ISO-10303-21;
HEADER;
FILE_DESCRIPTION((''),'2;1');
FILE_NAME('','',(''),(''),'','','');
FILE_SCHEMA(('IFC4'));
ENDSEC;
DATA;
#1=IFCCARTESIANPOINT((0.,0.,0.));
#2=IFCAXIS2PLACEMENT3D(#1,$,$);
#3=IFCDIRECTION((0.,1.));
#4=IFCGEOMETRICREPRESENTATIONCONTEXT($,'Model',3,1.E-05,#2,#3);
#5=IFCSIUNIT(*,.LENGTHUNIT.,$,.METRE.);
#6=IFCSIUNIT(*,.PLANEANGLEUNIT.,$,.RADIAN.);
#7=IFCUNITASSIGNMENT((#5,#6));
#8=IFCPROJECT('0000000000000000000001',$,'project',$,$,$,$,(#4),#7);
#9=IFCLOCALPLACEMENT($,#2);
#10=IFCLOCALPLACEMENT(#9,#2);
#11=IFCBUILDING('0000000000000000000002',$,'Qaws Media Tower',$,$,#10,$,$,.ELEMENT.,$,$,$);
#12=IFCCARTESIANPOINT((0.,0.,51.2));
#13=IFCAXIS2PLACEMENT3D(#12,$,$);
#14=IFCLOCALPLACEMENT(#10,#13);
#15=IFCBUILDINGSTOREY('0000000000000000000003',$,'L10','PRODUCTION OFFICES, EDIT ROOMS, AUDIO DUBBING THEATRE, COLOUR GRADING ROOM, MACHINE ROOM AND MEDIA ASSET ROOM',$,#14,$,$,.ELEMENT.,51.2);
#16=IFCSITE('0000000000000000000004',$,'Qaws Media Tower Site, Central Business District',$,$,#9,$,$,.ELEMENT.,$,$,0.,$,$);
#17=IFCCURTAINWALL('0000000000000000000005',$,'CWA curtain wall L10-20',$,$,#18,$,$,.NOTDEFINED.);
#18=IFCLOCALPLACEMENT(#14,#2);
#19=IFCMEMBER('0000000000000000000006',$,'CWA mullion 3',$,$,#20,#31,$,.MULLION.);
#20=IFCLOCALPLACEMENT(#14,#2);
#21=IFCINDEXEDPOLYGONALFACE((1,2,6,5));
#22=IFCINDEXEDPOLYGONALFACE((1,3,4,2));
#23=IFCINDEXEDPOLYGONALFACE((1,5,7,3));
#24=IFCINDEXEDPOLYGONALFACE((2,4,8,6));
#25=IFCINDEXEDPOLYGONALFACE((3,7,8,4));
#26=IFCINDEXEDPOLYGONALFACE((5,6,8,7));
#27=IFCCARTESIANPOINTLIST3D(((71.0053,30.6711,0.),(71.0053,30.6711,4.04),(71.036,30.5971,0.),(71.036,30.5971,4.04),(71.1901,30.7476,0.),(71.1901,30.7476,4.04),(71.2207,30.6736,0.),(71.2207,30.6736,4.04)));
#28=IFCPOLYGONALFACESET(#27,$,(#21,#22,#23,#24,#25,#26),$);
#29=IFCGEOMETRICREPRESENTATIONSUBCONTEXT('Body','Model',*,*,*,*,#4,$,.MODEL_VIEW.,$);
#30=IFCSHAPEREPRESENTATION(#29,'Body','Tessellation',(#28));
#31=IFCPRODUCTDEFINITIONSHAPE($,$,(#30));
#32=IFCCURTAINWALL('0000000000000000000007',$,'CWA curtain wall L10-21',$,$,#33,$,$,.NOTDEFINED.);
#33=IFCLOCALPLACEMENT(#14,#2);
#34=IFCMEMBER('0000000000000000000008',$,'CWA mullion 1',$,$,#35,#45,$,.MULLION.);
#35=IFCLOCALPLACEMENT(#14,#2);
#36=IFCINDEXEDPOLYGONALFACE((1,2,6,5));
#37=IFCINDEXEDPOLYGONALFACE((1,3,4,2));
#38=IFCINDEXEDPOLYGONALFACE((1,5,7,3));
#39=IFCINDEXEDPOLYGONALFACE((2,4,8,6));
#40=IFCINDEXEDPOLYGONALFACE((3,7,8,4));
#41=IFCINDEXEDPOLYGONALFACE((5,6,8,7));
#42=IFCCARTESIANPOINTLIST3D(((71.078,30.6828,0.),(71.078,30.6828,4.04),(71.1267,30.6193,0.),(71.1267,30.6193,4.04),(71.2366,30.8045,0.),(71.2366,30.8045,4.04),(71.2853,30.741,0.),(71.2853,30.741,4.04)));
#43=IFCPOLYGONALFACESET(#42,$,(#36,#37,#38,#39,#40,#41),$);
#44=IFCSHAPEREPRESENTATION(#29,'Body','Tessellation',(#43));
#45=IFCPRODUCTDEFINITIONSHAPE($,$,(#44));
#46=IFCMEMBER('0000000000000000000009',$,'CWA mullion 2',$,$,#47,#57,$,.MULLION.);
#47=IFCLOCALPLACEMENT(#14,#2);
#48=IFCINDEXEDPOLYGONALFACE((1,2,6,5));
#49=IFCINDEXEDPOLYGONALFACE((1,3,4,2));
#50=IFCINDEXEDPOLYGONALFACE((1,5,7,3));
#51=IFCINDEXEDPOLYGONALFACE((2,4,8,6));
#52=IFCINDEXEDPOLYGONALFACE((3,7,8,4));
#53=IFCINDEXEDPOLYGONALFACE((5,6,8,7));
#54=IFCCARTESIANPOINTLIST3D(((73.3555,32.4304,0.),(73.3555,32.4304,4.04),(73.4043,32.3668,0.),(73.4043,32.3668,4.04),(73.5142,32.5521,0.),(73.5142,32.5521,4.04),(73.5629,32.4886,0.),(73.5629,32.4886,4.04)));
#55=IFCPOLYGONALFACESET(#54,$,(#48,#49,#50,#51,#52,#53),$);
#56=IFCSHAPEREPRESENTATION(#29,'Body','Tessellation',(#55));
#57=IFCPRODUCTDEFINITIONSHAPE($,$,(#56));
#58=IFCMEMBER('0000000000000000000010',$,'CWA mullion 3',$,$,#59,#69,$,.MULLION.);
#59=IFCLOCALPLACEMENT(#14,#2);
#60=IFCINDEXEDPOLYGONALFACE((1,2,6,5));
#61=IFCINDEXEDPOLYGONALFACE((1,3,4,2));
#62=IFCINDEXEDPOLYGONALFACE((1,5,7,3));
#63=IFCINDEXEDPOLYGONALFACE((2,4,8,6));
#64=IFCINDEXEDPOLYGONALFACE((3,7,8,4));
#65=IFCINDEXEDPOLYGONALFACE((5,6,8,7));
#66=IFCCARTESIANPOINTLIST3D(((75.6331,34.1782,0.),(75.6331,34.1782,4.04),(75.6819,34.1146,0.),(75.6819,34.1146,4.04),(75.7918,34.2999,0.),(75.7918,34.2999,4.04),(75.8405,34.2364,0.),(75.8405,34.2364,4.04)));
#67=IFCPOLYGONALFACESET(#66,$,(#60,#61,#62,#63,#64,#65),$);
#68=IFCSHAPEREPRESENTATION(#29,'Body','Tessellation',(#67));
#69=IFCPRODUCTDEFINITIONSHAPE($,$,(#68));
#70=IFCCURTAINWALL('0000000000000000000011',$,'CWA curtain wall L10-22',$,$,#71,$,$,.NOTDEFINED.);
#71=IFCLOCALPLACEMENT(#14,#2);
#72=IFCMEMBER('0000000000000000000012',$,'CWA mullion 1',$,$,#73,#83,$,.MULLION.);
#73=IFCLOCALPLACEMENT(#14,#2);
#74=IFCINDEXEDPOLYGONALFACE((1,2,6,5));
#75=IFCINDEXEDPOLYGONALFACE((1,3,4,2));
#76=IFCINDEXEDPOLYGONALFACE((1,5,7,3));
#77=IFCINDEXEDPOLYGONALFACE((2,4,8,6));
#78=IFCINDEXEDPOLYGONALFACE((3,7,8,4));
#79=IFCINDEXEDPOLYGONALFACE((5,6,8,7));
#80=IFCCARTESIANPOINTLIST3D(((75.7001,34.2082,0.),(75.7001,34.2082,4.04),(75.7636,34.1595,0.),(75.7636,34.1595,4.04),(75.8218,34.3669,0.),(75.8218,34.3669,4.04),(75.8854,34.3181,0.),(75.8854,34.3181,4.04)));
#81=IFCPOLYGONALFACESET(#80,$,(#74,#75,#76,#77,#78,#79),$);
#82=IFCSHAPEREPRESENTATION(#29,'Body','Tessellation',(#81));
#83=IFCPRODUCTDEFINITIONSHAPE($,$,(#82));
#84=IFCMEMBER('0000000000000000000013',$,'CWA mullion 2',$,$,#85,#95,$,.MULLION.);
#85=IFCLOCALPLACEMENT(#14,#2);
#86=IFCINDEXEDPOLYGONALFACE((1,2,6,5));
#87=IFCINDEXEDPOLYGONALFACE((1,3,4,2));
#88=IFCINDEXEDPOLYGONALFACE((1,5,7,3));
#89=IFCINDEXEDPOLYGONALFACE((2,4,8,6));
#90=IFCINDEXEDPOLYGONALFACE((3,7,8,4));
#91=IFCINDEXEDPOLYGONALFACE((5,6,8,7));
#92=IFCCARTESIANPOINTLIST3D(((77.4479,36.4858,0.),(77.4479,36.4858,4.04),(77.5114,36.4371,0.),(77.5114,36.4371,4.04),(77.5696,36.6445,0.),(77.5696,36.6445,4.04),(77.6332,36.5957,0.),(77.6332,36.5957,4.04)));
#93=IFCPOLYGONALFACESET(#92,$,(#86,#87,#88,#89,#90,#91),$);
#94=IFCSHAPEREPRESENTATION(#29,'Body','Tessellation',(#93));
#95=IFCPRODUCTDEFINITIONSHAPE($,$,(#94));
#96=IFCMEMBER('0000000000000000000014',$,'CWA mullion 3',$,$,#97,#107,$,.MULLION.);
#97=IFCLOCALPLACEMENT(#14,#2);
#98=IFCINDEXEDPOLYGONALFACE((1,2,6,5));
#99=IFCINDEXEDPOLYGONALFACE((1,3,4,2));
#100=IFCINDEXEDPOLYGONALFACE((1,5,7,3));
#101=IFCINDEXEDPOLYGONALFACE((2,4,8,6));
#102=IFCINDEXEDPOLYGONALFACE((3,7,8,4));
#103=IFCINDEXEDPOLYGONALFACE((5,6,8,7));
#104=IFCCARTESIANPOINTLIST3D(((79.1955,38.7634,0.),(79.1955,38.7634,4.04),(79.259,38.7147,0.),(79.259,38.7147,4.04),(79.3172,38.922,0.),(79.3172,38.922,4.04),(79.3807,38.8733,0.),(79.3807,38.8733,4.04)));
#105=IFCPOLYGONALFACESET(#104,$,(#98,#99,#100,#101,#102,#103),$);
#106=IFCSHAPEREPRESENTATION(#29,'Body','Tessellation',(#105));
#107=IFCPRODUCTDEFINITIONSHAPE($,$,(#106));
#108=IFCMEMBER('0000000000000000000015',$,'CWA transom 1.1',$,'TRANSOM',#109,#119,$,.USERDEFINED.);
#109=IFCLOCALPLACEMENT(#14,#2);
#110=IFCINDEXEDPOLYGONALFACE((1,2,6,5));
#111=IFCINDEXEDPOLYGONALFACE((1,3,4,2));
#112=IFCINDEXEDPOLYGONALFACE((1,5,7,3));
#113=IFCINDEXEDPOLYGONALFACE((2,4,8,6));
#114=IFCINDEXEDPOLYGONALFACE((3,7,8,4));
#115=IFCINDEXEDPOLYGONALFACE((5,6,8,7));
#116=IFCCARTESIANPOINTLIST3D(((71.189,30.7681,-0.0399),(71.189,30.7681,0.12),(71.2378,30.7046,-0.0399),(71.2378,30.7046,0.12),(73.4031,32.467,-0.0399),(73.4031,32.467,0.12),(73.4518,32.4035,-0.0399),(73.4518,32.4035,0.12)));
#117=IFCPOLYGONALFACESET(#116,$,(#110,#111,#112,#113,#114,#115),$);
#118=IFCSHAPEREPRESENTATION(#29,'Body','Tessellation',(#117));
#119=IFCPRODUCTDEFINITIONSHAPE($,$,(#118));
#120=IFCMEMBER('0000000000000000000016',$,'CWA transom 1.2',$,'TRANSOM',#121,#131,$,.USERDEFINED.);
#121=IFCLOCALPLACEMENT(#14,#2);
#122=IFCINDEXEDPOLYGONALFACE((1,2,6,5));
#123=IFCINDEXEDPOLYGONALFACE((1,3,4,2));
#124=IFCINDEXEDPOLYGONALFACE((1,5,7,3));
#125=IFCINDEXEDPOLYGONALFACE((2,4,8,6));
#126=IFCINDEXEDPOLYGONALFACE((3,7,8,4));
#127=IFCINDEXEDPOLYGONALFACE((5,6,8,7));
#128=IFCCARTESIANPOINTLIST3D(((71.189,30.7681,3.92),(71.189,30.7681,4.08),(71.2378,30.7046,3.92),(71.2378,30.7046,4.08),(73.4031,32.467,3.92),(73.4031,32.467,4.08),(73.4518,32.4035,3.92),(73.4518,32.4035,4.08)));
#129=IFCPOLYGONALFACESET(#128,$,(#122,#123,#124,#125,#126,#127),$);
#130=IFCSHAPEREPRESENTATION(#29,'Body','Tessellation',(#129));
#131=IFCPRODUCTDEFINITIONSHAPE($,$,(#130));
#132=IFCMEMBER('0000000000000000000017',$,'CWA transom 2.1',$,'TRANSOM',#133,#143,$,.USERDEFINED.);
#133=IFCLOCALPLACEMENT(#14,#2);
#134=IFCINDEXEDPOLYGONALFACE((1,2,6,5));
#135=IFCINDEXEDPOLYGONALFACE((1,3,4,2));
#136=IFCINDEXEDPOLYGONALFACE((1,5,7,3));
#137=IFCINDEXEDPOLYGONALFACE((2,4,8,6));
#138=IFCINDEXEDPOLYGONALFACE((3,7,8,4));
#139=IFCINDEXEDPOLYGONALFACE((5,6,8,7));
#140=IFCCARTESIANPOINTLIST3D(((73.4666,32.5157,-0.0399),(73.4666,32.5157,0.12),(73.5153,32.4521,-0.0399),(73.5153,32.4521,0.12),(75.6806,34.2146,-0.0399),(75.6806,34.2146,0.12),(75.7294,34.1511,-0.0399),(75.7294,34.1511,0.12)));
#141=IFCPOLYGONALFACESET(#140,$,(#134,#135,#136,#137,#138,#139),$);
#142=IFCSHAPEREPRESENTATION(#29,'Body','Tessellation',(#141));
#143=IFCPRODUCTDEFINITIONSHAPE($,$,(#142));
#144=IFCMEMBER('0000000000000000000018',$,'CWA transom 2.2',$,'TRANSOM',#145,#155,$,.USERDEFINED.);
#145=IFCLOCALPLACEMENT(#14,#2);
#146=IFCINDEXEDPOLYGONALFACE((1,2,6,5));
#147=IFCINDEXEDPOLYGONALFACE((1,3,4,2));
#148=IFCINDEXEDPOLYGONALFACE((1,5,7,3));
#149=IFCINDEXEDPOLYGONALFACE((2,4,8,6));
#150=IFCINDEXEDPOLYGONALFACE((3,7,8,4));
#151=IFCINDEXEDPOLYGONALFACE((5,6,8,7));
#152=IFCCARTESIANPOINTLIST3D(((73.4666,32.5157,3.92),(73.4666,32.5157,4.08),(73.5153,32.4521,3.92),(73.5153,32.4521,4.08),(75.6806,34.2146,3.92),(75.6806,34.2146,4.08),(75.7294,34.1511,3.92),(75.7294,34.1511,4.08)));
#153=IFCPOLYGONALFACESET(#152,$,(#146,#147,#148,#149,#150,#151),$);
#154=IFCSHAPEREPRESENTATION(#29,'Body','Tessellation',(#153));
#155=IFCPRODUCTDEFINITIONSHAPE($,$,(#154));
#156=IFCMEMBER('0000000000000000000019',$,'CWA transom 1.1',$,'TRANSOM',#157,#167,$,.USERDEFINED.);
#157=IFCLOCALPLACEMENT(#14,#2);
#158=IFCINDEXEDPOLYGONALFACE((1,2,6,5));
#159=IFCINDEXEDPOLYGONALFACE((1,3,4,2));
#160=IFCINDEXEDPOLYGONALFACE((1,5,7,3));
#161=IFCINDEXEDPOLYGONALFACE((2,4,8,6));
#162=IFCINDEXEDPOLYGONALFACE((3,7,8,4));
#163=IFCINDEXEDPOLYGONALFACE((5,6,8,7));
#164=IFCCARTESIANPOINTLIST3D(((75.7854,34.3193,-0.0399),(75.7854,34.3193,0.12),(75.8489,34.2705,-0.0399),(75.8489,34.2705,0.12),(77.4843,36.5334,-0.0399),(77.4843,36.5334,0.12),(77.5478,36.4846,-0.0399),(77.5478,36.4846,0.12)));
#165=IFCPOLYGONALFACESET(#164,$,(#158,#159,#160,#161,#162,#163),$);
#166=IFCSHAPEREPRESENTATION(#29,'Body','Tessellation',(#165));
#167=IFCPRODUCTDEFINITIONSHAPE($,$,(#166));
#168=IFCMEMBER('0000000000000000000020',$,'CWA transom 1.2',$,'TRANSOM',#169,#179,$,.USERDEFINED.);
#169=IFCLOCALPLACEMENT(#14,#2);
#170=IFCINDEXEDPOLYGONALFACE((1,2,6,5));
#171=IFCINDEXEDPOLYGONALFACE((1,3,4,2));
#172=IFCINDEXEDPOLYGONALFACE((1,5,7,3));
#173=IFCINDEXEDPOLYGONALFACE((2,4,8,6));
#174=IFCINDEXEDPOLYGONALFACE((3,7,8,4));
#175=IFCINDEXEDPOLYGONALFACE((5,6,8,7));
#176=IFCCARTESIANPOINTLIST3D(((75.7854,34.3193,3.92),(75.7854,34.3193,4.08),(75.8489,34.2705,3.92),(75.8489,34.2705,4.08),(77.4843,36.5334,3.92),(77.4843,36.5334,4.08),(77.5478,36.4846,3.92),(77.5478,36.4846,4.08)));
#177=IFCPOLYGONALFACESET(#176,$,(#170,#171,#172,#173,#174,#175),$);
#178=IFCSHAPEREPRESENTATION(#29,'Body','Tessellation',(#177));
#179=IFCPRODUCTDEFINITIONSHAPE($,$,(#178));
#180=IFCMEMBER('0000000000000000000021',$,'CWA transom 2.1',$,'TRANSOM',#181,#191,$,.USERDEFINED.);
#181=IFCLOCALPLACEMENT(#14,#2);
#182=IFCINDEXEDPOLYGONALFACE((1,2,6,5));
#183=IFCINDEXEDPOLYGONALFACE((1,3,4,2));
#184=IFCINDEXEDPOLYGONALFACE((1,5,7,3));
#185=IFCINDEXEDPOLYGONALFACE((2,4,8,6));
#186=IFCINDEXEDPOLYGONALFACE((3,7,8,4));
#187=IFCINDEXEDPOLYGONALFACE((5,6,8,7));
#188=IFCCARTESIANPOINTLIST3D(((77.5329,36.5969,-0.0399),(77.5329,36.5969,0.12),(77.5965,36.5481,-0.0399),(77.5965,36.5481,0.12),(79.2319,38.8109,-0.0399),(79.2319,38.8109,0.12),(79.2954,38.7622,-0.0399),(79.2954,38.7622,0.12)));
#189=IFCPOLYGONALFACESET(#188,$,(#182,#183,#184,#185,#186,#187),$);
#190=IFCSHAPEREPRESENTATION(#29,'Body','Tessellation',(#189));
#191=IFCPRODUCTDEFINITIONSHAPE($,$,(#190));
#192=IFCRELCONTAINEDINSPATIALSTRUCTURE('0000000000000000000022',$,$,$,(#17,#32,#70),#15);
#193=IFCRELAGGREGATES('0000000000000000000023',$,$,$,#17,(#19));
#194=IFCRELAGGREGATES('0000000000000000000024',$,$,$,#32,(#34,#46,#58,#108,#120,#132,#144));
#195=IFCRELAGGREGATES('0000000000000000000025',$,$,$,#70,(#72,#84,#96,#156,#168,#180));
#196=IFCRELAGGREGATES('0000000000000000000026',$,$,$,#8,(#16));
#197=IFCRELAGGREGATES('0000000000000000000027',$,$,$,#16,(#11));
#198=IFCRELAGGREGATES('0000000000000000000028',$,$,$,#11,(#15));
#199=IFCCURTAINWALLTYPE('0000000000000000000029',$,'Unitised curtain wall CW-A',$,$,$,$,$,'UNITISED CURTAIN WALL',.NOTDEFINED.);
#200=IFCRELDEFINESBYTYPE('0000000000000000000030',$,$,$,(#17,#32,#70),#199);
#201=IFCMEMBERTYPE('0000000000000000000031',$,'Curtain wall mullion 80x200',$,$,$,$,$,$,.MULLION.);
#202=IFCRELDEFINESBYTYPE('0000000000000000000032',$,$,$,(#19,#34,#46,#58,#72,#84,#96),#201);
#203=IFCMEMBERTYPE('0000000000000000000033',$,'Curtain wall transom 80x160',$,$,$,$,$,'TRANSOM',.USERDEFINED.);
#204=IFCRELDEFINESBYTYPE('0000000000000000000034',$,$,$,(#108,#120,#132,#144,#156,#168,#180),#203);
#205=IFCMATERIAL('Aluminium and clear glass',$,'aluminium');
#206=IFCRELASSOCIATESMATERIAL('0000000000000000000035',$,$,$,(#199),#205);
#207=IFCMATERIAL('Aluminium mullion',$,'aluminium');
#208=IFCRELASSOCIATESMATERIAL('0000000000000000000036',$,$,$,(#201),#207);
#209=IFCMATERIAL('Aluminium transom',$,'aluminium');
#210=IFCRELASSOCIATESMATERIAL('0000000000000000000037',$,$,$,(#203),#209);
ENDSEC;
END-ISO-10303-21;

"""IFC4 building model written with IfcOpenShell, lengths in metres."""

from ifc_helpers import new_model, si_unit, direction, frame, origin, origin_2d, place, context, subcontext, project, spatial, rectangle, extrude, material, material_profile, profile_set, type_object, element, aggregate, save


model = new_model("IFC4")

# Units and contexts
model_context = context("Model", 3, precision=1e-05, world=origin(), true_north=direction((0.0, 1.0)))
body_context = subcontext(model_context, "Body", "Model", "MODEL_VIEW")
ifc_project = project(units=[si_unit("LENGTHUNIT", "METRE"), si_unit("PLANEANGLEUNIT", "RADIAN")], contexts=[model_context])

# Site, building, storey
site_placement = place(None, origin())
site = spatial("IfcSite", under=ifc_project, at=site_placement, Name="Qaws Media Tower Site, Central Business District", CompositionType="ELEMENT", RefElevation=0.0)
building_placement = place(site_placement, origin())
building = spatial("IfcBuilding", under=site, at=building_placement, Name="Qaws Media Tower", CompositionType="ELEMENT")
storey_placement = place(building_placement, frame((0.0, 0.0, 51.2)))
storey = spatial("IfcBuildingStorey", under=building, at=storey_placement, Name="L10", Description="PRODUCTION OFFICES, EDIT ROOMS, AUDIO DUBBING THEATRE, COLOUR GRADING ROOM, MACHINE ROOM AND MEDIA ASSET ROOM", CompositionType="ELEMENT", Elevation=51.2)

# Curtain wall, member
ifc_material_1 = material(Name="Aluminium and clear glass", Category="aluminium")
curtain_wall_type = type_object("IfcCurtainWallType", Name="Unitised curtain wall CW-A", ElementType="UNITISED CURTAIN WALL", PredefinedType="NOTDEFINED", material=ifc_material_1)
curtain_wall_1_placement = place(storey_placement, origin())
curtain_wall_1 = element("IfcCurtainWall", 1, at=curtain_wall_1_placement, inside=storey, type_object=curtain_wall_type, Name="CWA curtain wall L10-20", PredefinedType="NOTDEFINED")
ifc_material_2 = material(Name="Aluminium mullion", Category="aluminium")
ifc_material_profile_1 = material_profile(ifc_material_2, rectangle(XDim=0.0801, YDim=0.2, at=origin_2d()), Name="80x200")
ifc_profile_set_1 = profile_set([ifc_material_profile_1], Name="Aluminium mullion")
member_type_1 = type_object("IfcMemberType", Name="Curtain wall mullion 80x200", PredefinedType="MULLION", material=ifc_profile_set_1)
member_1_placement = place(storey_placement, frame((71.113, 30.6724, 0.0), z_axis=(0.0, 0.0, 1.0), x_axis=(-0.382683, 0.92388, 0.0)))
member_1 = element("IfcMember", 2, at=member_1_placement, type_object=member_type_1, Name="CWA mullion 3", PredefinedType="MULLION", context=body_context, shape_type="SweptSolid", body=[
    extrude(rectangle(XDim=0.0801, YDim=0.2, at=origin_2d()), origin(), (0.0, 0.0, 1.0), 4.04),
])

# Curtain walls, members
curtain_wall_2_placement = place(storey_placement, origin())
curtain_wall_2 = element("IfcCurtainWall", 3, at=curtain_wall_2_placement, inside=storey, type_object=curtain_wall_type, Name="CWA curtain wall L10-21", PredefinedType="NOTDEFINED")
member_2_placement = place(storey_placement, frame((71.1816, 30.7119, 0.0), z_axis=(0.0, 0.0, 1.0), x_axis=(-0.608762, 0.793353, 0.0)))
member_2 = element("IfcMember", 4, at=member_2_placement, type_object=member_type_1, Name="CWA mullion 1", PredefinedType="MULLION", context=body_context, shape_type="SweptSolid", body=[
    extrude(rectangle(XDim=0.0801, YDim=0.2, at=origin_2d()), origin(), (0.0, 0.0, 1.0), 4.04),
])
member_3_placement = place(storey_placement, frame((73.4592, 32.4595, 0.0), z_axis=(0.0, 0.0, 1.0), x_axis=(-0.608762, 0.793353, 0.0)))
member_3 = element("IfcMember", 5, at=member_3_placement, type_object=member_type_1, Name="CWA mullion 2", PredefinedType="MULLION", context=body_context, shape_type="SweptSolid", body=[
    extrude(rectangle(XDim=0.0801, YDim=0.2, at=origin_2d()), origin(), (0.0, 0.0, 1.0), 4.04),
])
member_4_placement = place(storey_placement, frame((75.7368, 34.2073, 0.0), z_axis=(0.0, 0.0, 1.0), x_axis=(-0.608762, 0.793353, 0.0)))
member_4 = element("IfcMember", 6, at=member_4_placement, type_object=member_type_1, Name="CWA mullion 3", PredefinedType="MULLION", context=body_context, shape_type="SweptSolid", body=[
    extrude(rectangle(XDim=0.0801, YDim=0.2, at=origin_2d()), origin(), (0.0, 0.0, 1.0), 4.04),
])
curtain_wall_3_placement = place(storey_placement, origin())
curtain_wall_3 = element("IfcCurtainWall", 7, at=curtain_wall_3_placement, inside=storey, type_object=curtain_wall_type, Name="CWA curtain wall L10-22", PredefinedType="NOTDEFINED")
member_5_placement = place(storey_placement, frame((75.7927, 34.2632, 0.0), z_axis=(0.0, 0.0, 1.0), x_axis=(-0.793353, 0.608762, 0.0)))
member_5 = element("IfcMember", 8, at=member_5_placement, type_object=member_type_1, Name="CWA mullion 1", PredefinedType="MULLION", context=body_context, shape_type="SweptSolid", body=[
    extrude(rectangle(XDim=0.0801, YDim=0.2, at=origin_2d()), origin(), (0.0, 0.0, 1.0), 4.04),
])
member_6_placement = place(storey_placement, frame((77.5405, 36.5408, 0.0), z_axis=(0.0, 0.0, 1.0), x_axis=(-0.793353, 0.608762, 0.0)))
member_6 = element("IfcMember", 9, at=member_6_placement, type_object=member_type_1, Name="CWA mullion 2", PredefinedType="MULLION", context=body_context, shape_type="SweptSolid", body=[
    extrude(rectangle(XDim=0.0801, YDim=0.2, at=origin_2d()), origin(), (0.0, 0.0, 1.0), 4.04),
])
member_7_placement = place(storey_placement, frame((79.2881, 38.8184, 0.0), z_axis=(0.0, 0.0, 1.0), x_axis=(-0.793353, 0.608762, 0.0)))
member_7 = element("IfcMember", 10, at=member_7_placement, type_object=member_type_1, Name="CWA mullion 3", PredefinedType="MULLION", context=body_context, shape_type="SweptSolid", body=[
    extrude(rectangle(XDim=0.0801, YDim=0.2, at=origin_2d()), origin(), (0.0, 0.0, 1.0), 4.04),
])

# Members
ifc_material_3 = material(Name="Aluminium transom", Category="aluminium")
ifc_material_profile_2 = material_profile(ifc_material_3, rectangle(XDim=0.0801, YDim=0.1599, at=origin_2d()), Name="80x160")
ifc_profile_set_2 = profile_set([ifc_material_profile_2], Name="Aluminium transom")
member_type_2 = type_object("IfcMemberType", Name="Curtain wall transom 80x160", ElementType="TRANSOM", PredefinedType="USERDEFINED", material=ifc_profile_set_2)
member_8_placement = place(storey_placement, frame((71.2134, 30.7363, 0.04), z_axis=(0.793349, 0.608768, 0.0), x_axis=(-0.608768, 0.793349, 0.0)))
member_8 = element("IfcMember", 11, at=member_8_placement, type_object=member_type_2, Name="CWA transom 1.1", ObjectType="TRANSOM", PredefinedType="USERDEFINED", context=body_context, shape_type="SweptSolid", body=[
    extrude(rectangle(XDim=0.0801, YDim=0.1599, at=origin_2d()), origin(), (0.0, 0.0, 1.0), 2.7908),
])
member_9_placement = place(storey_placement, frame((71.2134, 30.7363, 4.0), z_axis=(0.793349, 0.608768, 0.0), x_axis=(-0.608768, 0.793349, 0.0)))
member_9 = element("IfcMember", 12, at=member_9_placement, type_object=member_type_2, Name="CWA transom 1.2", ObjectType="TRANSOM", PredefinedType="USERDEFINED", context=body_context, shape_type="SweptSolid", body=[
    extrude(rectangle(XDim=0.0801, YDim=0.1599, at=origin_2d()), origin(), (0.0, 0.0, 1.0), 2.7908),
])
member_10_placement = place(storey_placement, frame((73.491, 32.4839, 0.04), z_axis=(0.793349, 0.608768, 0.0), x_axis=(-0.608768, 0.793349, 0.0)))
member_10 = element("IfcMember", 13, at=member_10_placement, type_object=member_type_2, Name="CWA transom 2.1", ObjectType="TRANSOM", PredefinedType="USERDEFINED", context=body_context, shape_type="SweptSolid", body=[
    extrude(rectangle(XDim=0.0801, YDim=0.1599, at=origin_2d()), origin(), (0.0, 0.0, 1.0), 2.7908),
])
member_11_placement = place(storey_placement, frame((73.491, 32.4839, 4.0), z_axis=(0.793349, 0.608768, 0.0), x_axis=(-0.608768, 0.793349, 0.0)))
member_11 = element("IfcMember", 14, at=member_11_placement, type_object=member_type_2, Name="CWA transom 2.2", ObjectType="TRANSOM", PredefinedType="USERDEFINED", context=body_context, shape_type="SweptSolid", body=[
    extrude(rectangle(XDim=0.0801, YDim=0.1599, at=origin_2d()), origin(), (0.0, 0.0, 1.0), 2.7908),
])
member_12_placement = place(storey_placement, frame((75.8171, 34.2949, 0.04), z_axis=(0.608768, 0.793349, 0.0), x_axis=(-0.793349, 0.608768, 0.0)))
member_12 = element("IfcMember", 15, at=member_12_placement, type_object=member_type_2, Name="CWA transom 1.1", ObjectType="TRANSOM", PredefinedType="USERDEFINED", context=body_context, shape_type="SweptSolid", body=[
    extrude(rectangle(XDim=0.0801, YDim=0.1599, at=origin_2d()), origin(), (0.0, 0.0, 1.0), 2.7908),
])
member_13_placement = place(storey_placement, frame((75.8171, 34.2949, 4.0), z_axis=(0.608768, 0.793349, 0.0), x_axis=(-0.793349, 0.608768, 0.0)))
member_13 = element("IfcMember", 16, at=member_13_placement, type_object=member_type_2, Name="CWA transom 1.2", ObjectType="TRANSOM", PredefinedType="USERDEFINED", context=body_context, shape_type="SweptSolid", body=[
    extrude(rectangle(XDim=0.0801, YDim=0.1599, at=origin_2d()), origin(), (0.0, 0.0, 1.0), 2.7908),
])
member_14_placement = place(storey_placement, frame((77.5647, 36.5725, 0.04), z_axis=(0.608768, 0.793349, 0.0), x_axis=(-0.793349, 0.608768, 0.0)))
member_14 = element("IfcMember", 17, at=member_14_placement, type_object=member_type_2, Name="CWA transom 2.1", ObjectType="TRANSOM", PredefinedType="USERDEFINED", context=body_context, shape_type="SweptSolid", body=[
    extrude(rectangle(XDim=0.0801, YDim=0.1599, at=origin_2d()), origin(), (0.0, 0.0, 1.0), 2.7908),
])

aggregate(curtain_wall_1, [member_1])
aggregate(curtain_wall_2, [member_2, member_3, member_4, member_8, member_9, member_10, member_11])
aggregate(curtain_wall_3, [member_5, member_6, member_7, member_12, member_13, member_14])

save(model, "model.ifc")
